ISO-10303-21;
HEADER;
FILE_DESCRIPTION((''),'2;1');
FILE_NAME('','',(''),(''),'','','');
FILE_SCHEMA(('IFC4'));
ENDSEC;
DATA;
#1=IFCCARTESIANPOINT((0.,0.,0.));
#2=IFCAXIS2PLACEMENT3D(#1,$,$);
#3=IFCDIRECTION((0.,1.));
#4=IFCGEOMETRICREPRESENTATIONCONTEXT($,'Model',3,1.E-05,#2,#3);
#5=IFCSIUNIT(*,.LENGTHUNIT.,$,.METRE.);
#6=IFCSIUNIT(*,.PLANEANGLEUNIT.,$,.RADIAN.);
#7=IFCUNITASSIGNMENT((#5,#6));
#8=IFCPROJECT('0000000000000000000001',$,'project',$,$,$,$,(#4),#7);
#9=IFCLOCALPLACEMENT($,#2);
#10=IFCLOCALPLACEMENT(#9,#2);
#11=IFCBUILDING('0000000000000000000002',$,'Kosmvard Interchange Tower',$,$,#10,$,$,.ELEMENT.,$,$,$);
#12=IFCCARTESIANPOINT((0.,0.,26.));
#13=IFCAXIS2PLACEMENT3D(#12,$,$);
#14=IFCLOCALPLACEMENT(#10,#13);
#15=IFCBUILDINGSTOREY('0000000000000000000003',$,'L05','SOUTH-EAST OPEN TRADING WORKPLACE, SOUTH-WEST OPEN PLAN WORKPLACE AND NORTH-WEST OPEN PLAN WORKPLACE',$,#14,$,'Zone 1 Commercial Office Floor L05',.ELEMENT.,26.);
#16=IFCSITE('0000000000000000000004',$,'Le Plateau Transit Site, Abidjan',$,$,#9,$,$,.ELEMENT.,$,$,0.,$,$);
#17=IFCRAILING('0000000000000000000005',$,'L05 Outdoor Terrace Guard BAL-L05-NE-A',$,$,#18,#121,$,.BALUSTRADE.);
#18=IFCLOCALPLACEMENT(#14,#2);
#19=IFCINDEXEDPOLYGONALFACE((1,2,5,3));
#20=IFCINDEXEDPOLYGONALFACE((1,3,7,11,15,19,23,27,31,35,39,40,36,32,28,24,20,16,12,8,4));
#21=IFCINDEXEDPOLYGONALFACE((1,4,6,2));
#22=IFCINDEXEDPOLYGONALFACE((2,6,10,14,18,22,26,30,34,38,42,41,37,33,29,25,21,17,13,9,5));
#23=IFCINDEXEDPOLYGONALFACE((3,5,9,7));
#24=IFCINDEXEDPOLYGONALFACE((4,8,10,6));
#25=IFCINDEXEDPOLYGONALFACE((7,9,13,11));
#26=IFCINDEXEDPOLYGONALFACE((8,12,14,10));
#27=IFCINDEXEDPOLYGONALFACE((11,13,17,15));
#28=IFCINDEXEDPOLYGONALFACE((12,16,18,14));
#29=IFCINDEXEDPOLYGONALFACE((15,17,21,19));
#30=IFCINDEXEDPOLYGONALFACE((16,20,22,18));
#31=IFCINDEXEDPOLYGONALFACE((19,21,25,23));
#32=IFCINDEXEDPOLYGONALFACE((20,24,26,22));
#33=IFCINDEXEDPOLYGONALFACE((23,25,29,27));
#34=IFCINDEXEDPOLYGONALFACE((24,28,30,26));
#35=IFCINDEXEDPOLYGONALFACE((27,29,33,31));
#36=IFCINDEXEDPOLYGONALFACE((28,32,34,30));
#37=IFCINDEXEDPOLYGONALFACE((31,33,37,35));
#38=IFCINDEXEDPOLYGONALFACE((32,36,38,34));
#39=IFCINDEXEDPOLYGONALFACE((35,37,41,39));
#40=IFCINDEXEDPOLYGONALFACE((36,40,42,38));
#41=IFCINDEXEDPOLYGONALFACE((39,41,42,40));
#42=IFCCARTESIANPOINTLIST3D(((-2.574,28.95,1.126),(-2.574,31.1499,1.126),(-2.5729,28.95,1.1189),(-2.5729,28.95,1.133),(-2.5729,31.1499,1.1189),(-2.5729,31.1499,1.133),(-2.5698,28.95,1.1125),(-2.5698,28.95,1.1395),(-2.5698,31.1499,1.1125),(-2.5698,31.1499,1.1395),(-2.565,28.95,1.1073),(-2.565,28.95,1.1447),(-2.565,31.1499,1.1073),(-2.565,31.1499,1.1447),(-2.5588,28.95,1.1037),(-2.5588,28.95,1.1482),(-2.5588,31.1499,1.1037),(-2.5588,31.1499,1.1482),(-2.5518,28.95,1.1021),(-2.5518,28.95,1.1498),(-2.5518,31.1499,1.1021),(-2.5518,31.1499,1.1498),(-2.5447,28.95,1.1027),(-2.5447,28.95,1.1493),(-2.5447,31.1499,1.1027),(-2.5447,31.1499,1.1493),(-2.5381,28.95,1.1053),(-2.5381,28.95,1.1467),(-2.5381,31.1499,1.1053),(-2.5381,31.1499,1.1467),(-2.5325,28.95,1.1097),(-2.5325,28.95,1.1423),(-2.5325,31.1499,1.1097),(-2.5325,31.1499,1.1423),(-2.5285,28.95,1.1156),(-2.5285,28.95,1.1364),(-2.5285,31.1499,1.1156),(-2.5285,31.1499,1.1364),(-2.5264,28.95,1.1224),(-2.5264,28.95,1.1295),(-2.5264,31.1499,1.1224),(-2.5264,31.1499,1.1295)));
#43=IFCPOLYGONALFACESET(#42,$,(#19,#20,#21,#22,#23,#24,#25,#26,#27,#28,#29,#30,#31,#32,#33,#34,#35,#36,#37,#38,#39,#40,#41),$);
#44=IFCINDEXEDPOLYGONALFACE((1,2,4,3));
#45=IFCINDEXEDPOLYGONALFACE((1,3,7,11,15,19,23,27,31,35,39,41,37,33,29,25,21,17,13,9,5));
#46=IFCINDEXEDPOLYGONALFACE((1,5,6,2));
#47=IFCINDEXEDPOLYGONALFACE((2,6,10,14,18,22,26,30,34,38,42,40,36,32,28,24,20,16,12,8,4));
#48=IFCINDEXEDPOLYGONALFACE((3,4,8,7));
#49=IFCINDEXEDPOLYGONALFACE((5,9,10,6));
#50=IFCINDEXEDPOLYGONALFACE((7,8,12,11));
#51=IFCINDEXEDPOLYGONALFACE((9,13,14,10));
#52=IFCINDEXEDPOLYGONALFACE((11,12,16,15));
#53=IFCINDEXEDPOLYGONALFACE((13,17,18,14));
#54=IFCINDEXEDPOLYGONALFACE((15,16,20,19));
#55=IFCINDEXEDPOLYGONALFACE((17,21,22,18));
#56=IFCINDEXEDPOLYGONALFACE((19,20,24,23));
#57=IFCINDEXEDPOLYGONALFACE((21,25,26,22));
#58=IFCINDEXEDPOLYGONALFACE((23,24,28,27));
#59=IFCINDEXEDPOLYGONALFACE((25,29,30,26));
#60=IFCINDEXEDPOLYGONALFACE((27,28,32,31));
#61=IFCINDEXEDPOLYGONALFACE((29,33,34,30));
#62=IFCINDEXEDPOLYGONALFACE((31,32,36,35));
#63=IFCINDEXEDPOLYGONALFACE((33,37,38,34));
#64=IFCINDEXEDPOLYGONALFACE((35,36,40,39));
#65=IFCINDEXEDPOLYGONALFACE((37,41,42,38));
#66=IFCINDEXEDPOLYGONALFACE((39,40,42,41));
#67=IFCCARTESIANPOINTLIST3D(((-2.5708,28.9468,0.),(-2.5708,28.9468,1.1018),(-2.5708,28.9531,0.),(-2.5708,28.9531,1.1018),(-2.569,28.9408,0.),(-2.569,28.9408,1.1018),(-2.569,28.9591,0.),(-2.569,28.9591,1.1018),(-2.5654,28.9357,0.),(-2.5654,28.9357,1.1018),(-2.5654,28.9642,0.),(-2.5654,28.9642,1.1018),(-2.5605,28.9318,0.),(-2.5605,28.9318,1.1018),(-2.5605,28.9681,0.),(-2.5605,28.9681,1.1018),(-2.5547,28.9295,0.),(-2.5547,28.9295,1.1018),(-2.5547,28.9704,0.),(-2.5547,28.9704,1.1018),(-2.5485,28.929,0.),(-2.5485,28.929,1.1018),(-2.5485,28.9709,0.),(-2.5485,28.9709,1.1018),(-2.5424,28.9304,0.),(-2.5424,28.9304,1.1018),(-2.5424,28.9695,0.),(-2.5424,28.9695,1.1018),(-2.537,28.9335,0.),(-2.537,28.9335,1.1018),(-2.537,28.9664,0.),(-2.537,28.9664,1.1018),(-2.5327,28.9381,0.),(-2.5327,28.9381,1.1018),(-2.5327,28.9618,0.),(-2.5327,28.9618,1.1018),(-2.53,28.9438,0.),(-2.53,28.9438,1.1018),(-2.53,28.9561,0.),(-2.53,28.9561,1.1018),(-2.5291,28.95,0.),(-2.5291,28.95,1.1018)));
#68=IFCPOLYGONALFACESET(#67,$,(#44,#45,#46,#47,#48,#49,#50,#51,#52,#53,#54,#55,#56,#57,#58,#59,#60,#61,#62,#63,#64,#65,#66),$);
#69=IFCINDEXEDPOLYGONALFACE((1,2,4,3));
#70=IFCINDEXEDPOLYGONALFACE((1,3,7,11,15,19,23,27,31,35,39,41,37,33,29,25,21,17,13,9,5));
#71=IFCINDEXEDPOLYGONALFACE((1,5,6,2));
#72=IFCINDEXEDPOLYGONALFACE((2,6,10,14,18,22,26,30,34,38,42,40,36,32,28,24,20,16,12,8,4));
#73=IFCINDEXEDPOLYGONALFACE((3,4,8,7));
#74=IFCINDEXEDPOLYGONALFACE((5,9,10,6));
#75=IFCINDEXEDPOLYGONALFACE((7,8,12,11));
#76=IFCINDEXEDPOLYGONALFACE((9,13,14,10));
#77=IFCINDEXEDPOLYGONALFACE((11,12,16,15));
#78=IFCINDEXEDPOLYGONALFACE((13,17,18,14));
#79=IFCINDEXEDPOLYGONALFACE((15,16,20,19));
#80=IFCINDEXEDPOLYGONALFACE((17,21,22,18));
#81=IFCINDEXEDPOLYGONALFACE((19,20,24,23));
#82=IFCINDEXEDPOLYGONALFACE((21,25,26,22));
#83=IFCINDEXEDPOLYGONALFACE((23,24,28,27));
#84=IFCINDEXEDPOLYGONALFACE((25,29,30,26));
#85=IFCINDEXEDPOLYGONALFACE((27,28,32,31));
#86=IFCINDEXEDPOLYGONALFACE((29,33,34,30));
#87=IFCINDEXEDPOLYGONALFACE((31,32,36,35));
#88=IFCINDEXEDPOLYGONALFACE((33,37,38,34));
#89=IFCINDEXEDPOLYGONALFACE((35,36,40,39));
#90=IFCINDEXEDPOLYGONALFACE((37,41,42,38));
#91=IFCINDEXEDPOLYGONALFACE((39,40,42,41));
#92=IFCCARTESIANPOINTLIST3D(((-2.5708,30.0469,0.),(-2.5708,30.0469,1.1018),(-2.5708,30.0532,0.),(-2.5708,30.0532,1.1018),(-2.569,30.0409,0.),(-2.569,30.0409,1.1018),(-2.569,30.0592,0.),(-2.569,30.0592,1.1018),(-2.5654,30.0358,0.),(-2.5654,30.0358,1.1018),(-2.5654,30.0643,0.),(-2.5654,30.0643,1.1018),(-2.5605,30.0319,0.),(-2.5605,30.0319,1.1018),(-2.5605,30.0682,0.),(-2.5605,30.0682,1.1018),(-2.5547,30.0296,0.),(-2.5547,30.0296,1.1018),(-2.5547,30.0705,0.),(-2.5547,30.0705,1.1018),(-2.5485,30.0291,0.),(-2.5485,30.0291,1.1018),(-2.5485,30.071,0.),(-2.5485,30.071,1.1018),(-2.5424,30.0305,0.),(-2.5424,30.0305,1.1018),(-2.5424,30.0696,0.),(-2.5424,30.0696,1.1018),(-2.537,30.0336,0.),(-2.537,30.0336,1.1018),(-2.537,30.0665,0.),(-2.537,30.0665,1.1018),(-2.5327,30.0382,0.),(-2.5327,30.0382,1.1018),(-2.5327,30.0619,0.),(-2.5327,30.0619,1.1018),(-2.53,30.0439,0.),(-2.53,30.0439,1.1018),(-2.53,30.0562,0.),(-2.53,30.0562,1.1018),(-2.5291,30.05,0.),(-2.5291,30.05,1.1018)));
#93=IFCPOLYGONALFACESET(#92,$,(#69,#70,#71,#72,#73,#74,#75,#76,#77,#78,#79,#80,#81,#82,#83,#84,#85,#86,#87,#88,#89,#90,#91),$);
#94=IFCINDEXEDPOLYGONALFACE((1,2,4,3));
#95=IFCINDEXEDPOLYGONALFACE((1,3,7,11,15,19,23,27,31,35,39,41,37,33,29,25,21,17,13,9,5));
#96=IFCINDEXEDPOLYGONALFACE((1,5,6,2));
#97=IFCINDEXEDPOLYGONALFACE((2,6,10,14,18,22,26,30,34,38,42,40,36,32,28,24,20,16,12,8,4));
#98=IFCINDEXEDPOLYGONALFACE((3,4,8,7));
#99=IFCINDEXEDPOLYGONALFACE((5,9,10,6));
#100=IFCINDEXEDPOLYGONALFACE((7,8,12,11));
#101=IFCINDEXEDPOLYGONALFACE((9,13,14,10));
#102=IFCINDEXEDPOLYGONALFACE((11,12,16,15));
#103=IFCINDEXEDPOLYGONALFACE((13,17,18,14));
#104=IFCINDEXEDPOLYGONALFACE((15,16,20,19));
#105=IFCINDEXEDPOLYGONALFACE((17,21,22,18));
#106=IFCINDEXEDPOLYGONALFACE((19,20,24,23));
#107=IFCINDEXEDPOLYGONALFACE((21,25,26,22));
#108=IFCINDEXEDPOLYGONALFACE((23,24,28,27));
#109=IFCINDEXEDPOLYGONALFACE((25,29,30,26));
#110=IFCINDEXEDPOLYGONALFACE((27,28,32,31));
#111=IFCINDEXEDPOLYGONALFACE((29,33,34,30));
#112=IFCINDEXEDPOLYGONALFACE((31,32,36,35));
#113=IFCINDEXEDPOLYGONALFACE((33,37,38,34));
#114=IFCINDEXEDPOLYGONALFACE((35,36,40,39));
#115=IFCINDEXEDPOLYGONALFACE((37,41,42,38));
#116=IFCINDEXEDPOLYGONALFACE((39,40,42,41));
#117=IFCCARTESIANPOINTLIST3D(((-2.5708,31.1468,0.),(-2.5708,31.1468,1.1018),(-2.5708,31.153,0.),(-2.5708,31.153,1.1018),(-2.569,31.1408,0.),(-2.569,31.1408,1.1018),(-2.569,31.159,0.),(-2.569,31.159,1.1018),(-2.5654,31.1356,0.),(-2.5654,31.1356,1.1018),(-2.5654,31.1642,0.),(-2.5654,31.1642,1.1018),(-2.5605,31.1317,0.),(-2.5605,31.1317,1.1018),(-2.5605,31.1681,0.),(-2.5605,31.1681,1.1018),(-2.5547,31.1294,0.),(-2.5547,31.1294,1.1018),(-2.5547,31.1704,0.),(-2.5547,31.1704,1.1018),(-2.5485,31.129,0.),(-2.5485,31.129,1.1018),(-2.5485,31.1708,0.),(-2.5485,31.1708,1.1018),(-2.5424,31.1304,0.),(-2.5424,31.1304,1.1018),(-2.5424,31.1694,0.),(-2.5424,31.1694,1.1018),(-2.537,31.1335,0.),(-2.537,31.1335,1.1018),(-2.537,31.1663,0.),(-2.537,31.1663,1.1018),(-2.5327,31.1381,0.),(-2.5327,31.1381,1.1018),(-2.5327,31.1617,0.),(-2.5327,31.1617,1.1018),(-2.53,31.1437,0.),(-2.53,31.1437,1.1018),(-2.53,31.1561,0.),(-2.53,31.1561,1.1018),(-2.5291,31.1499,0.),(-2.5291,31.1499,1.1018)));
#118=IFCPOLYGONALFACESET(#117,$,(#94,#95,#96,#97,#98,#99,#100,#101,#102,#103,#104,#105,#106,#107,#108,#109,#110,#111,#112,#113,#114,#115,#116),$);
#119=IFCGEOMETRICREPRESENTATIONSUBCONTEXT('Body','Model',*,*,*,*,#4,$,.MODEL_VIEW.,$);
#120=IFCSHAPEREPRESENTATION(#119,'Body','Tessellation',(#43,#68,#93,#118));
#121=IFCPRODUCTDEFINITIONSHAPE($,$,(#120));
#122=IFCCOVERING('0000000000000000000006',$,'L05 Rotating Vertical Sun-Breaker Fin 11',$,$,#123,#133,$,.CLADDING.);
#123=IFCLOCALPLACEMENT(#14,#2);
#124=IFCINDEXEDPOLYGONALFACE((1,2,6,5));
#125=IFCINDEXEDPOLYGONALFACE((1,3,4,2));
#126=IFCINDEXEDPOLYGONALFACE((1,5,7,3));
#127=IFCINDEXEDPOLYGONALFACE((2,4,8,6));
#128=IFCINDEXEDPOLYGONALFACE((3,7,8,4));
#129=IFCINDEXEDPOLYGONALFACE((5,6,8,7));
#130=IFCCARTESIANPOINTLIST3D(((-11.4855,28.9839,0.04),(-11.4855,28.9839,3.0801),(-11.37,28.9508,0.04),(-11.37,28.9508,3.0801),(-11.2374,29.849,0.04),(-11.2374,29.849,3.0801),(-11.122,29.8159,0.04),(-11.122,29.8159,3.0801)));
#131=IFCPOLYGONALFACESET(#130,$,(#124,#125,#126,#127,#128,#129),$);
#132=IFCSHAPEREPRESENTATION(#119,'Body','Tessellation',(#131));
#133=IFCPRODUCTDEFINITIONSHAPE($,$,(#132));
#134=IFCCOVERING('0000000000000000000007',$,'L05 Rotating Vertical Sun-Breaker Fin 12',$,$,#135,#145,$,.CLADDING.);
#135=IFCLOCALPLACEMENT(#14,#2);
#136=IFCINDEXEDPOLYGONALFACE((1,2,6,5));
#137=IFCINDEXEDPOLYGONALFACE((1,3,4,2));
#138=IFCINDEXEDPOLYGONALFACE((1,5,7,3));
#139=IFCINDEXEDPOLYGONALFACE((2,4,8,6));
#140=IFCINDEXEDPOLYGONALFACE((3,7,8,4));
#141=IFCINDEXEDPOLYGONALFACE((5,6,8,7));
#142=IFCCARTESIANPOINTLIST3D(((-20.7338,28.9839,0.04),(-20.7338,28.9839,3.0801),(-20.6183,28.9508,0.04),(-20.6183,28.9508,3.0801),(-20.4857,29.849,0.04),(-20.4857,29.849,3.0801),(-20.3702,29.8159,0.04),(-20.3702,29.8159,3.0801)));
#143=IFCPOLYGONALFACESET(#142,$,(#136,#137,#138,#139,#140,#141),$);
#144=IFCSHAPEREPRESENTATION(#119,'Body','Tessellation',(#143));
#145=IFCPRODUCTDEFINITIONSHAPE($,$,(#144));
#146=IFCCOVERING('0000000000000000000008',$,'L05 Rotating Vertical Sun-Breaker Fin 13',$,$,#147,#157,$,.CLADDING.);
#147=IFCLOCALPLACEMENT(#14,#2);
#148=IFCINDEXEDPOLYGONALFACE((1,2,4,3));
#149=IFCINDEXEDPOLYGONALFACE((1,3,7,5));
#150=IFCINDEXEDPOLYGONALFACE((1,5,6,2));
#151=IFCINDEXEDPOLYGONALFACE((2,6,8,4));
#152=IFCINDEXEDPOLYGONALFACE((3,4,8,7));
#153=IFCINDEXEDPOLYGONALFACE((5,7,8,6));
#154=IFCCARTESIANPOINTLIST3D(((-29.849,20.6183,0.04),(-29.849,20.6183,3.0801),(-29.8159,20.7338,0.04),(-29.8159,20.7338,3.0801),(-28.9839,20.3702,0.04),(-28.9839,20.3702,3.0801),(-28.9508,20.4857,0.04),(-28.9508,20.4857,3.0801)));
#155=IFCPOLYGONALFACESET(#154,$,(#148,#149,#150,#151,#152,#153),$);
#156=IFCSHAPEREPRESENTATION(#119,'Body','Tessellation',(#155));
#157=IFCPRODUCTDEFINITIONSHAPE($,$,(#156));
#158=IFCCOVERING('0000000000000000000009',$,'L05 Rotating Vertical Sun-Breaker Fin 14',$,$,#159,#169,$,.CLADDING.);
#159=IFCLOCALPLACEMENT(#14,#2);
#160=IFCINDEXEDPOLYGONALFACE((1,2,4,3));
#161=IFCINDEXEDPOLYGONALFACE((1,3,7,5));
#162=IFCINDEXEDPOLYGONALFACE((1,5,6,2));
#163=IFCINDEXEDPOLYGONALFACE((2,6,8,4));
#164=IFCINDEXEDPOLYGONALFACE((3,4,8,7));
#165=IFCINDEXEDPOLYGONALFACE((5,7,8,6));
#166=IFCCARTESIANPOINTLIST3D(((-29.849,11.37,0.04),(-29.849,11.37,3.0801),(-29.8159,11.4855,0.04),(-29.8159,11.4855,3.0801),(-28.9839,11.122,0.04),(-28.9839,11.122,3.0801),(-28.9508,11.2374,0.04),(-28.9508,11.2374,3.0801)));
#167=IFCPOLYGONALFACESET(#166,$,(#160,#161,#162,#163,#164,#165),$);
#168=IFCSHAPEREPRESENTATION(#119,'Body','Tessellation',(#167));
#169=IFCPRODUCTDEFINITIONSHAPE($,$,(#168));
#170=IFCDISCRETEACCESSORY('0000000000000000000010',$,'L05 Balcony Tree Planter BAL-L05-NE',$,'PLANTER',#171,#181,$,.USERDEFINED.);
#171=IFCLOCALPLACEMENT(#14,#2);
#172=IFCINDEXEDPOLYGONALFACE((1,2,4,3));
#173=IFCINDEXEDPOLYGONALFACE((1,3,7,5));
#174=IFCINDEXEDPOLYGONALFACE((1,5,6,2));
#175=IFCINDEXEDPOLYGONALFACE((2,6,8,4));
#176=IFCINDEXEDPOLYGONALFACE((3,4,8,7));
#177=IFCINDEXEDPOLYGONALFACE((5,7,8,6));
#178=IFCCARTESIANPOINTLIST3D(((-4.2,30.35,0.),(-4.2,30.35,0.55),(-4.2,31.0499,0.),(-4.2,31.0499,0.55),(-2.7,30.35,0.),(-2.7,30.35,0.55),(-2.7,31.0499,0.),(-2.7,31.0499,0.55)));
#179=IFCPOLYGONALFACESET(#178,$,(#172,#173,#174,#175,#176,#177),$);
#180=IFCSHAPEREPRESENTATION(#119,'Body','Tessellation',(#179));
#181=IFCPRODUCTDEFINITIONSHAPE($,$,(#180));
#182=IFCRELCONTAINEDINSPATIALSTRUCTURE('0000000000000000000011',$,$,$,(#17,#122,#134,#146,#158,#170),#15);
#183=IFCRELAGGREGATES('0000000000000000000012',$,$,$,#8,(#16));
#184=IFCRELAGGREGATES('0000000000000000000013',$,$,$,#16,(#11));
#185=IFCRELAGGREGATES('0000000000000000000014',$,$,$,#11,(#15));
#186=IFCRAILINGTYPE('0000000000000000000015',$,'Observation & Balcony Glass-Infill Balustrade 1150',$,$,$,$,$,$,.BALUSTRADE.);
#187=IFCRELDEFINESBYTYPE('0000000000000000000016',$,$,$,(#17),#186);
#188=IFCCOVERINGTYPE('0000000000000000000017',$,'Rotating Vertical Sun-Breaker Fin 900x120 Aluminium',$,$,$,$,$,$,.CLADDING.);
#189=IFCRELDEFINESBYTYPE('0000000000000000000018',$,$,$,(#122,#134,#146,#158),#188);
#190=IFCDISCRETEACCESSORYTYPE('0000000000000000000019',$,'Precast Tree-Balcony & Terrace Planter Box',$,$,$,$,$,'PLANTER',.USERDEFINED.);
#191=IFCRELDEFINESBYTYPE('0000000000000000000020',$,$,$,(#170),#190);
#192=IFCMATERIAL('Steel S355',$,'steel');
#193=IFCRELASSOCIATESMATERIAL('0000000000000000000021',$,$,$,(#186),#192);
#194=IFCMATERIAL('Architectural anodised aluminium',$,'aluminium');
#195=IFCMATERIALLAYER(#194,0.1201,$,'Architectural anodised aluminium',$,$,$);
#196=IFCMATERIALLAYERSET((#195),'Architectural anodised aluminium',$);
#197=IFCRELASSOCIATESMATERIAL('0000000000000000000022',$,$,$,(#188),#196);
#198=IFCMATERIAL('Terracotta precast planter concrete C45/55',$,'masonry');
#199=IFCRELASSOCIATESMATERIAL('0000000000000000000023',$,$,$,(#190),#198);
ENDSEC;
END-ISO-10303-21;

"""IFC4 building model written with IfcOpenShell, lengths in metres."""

from ifc_helpers import new_model, si_unit, direction, frame, origin, origin_2d, place, context, subcontext, project, spatial, rectangle, circle, extrude, source, transform, mapped, material, layer, layer_set, type_object, element, save


model = new_model("IFC4")

# Units and contexts
model_context = context("Model", 3, precision=1e-05, world=origin(), true_north=direction((0.0, 1.0)))
body_context = subcontext(model_context, "Body", "Model", "MODEL_VIEW")
ifc_project = project(units=[si_unit("LENGTHUNIT", "METRE"), si_unit("PLANEANGLEUNIT", "RADIAN")], contexts=[model_context])

# Site, building, storey
site_placement = place(None, origin())
site = spatial("IfcSite", under=ifc_project, at=site_placement, Name="Le Plateau Transit Site, Abidjan", CompositionType="ELEMENT", RefElevation=0.0)
building_placement = place(site_placement, origin())
building = spatial("IfcBuilding", under=site, at=building_placement, Name="Kosmvard Interchange Tower", CompositionType="ELEMENT")
storey_placement = place(building_placement, frame((0.0, 0.0, 26.0)))
storey = spatial("IfcBuildingStorey", under=building, at=storey_placement, Name="L05", Description="SOUTH-EAST OPEN TRADING WORKPLACE, SOUTH-WEST OPEN PLAN WORKPLACE AND NORTH-WEST OPEN PLAN WORKPLACE", LongName="Zone 1 Commercial Office Floor L05", CompositionType="ELEMENT", Elevation=26.0)

# Shared definitions
ifc_material_1 = material(Name="Steel S355", Category="steel")

# Railing
railing_type = type_object("IfcRailingType", Name="Observation & Balcony Glass-Infill Balustrade 1150", PredefinedType="BALUSTRADE", material=ifc_material_1)
shared_shape_1 = source(origin(), body_context, "Body", "SweptSolid", [
    extrude(circle(Radius=0.0239, at=origin_2d()), frame((0.0, 0.0, 1.126), z_axis=(0.0, 1.0, 0.0), x_axis=(-1.0, 0.0, 0.0)), (0.0, 0.0, 1.0), 2.2),
    extrude(circle(Radius=0.021, at=origin_2d()), origin(), (0.0, 0.0, 1.0), 1.1018),
    extrude(circle(Radius=0.021, at=origin_2d()), frame((0.0, 1.1001, 0.0)), (0.0, 0.0, 1.0), 1.1018),
    extrude(circle(Radius=0.021, at=origin_2d()), frame((0.0, 2.2, 0.0)), (0.0, 0.0, 1.0), 1.1018),
])
railing_1_placement = place(storey_placement, frame((-2.55, 28.95, 0.0)))
element("IfcRailing", 1, at=railing_1_placement, inside=storey, type_object=railing_type, Name="L05 Outdoor Terrace Guard BAL-L05-NE-A", PredefinedType="BALUSTRADE", context=body_context, shape_type="MappedRepresentation", body=[
    mapped(shared_shape_1, transform((0.0, 0.0, 0.0), scale=1.0)),
])

# Coverings
ifc_material_2 = material(Name="Architectural anodised aluminium", Category="aluminium")
ifc_layer_1 = layer(ifc_material_2, 0.1201, Name="Architectural anodised aluminium")
ifc_layer_set_1 = layer_set([ifc_layer_1], Name="Architectural anodised aluminium")
covering_type = type_object("IfcCoveringType", Name="Rotating Vertical Sun-Breaker Fin 900x120 Aluminium", PredefinedType="CLADDING", material=ifc_layer_set_1)
shared_shape_2 = source(origin(), body_context, "Body", "SweptSolid", [
    extrude(rectangle(XDim=0.8999, YDim=0.1201, at=origin_2d()), origin(), (0.0, 0.0, 1.0), 3.04),
])
for number, where, z_axis, x_axis, name in (
    (2, (-11.3037, 29.3999, 0.04), (0.0, 0.0, 1.0), (0.275637, 0.961262, 0.0), "L05 Rotating Vertical Sun-Breaker Fin 11"),
    (3, (-20.552, 29.3999, 0.04), (0.0, 0.0, 1.0), (0.275637, 0.961262, 0.0), "L05 Rotating Vertical Sun-Breaker Fin 12"),
    (4, (-29.3999, 20.552, 0.04), (0.0, 0.0, 1.0), (-0.961262, 0.275637, 0.0), "L05 Rotating Vertical Sun-Breaker Fin 13"),
    (5, (-29.3999, 11.3037, 0.04), (0.0, 0.0, 1.0), (-0.961262, 0.275637, 0.0), "L05 Rotating Vertical Sun-Breaker Fin 14"),
):
    element("IfcCovering", number, at=place(storey_placement, frame(where, z_axis=z_axis, x_axis=x_axis)), inside=storey, type_object=covering_type, Name=name, PredefinedType="CLADDING", context=body_context, shape_type="MappedRepresentation", body=[
        mapped(shared_shape_2, transform((0.0, 0.0, 0.0), scale=1.0)),
    ])

# Discrete accessory
ifc_material_3 = material(Name="Terracotta precast planter concrete C45/55", Category="masonry")
discrete_accessory_type = type_object("IfcDiscreteAccessoryType", Name="Precast Tree-Balcony & Terrace Planter Box", ElementType="PLANTER", PredefinedType="USERDEFINED", material=ifc_material_3)
shared_shape_3 = source(origin(), body_context, "Body", "SweptSolid", [
    extrude(rectangle(XDim=1.5, YDim=0.7, at=origin_2d()), origin(), (0.0, 0.0, 1.0), 0.55),
])
discrete_accessory_placement = place(storey_placement, frame((-3.45, 30.7, 0.0), z_axis=(0.0, 0.0, 1.0), x_axis=(1.0, 0.0, 0.0)))
element("IfcDiscreteAccessory", 6, at=discrete_accessory_placement, inside=storey, type_object=discrete_accessory_type, Name="L05 Balcony Tree Planter BAL-L05-NE", ObjectType="PLANTER", PredefinedType="USERDEFINED", context=body_context, shape_type="MappedRepresentation", body=[
    mapped(shared_shape_3, transform((0.0, 0.0, 0.0), scale=1.0)),
])

save(model, "model.ifc")
